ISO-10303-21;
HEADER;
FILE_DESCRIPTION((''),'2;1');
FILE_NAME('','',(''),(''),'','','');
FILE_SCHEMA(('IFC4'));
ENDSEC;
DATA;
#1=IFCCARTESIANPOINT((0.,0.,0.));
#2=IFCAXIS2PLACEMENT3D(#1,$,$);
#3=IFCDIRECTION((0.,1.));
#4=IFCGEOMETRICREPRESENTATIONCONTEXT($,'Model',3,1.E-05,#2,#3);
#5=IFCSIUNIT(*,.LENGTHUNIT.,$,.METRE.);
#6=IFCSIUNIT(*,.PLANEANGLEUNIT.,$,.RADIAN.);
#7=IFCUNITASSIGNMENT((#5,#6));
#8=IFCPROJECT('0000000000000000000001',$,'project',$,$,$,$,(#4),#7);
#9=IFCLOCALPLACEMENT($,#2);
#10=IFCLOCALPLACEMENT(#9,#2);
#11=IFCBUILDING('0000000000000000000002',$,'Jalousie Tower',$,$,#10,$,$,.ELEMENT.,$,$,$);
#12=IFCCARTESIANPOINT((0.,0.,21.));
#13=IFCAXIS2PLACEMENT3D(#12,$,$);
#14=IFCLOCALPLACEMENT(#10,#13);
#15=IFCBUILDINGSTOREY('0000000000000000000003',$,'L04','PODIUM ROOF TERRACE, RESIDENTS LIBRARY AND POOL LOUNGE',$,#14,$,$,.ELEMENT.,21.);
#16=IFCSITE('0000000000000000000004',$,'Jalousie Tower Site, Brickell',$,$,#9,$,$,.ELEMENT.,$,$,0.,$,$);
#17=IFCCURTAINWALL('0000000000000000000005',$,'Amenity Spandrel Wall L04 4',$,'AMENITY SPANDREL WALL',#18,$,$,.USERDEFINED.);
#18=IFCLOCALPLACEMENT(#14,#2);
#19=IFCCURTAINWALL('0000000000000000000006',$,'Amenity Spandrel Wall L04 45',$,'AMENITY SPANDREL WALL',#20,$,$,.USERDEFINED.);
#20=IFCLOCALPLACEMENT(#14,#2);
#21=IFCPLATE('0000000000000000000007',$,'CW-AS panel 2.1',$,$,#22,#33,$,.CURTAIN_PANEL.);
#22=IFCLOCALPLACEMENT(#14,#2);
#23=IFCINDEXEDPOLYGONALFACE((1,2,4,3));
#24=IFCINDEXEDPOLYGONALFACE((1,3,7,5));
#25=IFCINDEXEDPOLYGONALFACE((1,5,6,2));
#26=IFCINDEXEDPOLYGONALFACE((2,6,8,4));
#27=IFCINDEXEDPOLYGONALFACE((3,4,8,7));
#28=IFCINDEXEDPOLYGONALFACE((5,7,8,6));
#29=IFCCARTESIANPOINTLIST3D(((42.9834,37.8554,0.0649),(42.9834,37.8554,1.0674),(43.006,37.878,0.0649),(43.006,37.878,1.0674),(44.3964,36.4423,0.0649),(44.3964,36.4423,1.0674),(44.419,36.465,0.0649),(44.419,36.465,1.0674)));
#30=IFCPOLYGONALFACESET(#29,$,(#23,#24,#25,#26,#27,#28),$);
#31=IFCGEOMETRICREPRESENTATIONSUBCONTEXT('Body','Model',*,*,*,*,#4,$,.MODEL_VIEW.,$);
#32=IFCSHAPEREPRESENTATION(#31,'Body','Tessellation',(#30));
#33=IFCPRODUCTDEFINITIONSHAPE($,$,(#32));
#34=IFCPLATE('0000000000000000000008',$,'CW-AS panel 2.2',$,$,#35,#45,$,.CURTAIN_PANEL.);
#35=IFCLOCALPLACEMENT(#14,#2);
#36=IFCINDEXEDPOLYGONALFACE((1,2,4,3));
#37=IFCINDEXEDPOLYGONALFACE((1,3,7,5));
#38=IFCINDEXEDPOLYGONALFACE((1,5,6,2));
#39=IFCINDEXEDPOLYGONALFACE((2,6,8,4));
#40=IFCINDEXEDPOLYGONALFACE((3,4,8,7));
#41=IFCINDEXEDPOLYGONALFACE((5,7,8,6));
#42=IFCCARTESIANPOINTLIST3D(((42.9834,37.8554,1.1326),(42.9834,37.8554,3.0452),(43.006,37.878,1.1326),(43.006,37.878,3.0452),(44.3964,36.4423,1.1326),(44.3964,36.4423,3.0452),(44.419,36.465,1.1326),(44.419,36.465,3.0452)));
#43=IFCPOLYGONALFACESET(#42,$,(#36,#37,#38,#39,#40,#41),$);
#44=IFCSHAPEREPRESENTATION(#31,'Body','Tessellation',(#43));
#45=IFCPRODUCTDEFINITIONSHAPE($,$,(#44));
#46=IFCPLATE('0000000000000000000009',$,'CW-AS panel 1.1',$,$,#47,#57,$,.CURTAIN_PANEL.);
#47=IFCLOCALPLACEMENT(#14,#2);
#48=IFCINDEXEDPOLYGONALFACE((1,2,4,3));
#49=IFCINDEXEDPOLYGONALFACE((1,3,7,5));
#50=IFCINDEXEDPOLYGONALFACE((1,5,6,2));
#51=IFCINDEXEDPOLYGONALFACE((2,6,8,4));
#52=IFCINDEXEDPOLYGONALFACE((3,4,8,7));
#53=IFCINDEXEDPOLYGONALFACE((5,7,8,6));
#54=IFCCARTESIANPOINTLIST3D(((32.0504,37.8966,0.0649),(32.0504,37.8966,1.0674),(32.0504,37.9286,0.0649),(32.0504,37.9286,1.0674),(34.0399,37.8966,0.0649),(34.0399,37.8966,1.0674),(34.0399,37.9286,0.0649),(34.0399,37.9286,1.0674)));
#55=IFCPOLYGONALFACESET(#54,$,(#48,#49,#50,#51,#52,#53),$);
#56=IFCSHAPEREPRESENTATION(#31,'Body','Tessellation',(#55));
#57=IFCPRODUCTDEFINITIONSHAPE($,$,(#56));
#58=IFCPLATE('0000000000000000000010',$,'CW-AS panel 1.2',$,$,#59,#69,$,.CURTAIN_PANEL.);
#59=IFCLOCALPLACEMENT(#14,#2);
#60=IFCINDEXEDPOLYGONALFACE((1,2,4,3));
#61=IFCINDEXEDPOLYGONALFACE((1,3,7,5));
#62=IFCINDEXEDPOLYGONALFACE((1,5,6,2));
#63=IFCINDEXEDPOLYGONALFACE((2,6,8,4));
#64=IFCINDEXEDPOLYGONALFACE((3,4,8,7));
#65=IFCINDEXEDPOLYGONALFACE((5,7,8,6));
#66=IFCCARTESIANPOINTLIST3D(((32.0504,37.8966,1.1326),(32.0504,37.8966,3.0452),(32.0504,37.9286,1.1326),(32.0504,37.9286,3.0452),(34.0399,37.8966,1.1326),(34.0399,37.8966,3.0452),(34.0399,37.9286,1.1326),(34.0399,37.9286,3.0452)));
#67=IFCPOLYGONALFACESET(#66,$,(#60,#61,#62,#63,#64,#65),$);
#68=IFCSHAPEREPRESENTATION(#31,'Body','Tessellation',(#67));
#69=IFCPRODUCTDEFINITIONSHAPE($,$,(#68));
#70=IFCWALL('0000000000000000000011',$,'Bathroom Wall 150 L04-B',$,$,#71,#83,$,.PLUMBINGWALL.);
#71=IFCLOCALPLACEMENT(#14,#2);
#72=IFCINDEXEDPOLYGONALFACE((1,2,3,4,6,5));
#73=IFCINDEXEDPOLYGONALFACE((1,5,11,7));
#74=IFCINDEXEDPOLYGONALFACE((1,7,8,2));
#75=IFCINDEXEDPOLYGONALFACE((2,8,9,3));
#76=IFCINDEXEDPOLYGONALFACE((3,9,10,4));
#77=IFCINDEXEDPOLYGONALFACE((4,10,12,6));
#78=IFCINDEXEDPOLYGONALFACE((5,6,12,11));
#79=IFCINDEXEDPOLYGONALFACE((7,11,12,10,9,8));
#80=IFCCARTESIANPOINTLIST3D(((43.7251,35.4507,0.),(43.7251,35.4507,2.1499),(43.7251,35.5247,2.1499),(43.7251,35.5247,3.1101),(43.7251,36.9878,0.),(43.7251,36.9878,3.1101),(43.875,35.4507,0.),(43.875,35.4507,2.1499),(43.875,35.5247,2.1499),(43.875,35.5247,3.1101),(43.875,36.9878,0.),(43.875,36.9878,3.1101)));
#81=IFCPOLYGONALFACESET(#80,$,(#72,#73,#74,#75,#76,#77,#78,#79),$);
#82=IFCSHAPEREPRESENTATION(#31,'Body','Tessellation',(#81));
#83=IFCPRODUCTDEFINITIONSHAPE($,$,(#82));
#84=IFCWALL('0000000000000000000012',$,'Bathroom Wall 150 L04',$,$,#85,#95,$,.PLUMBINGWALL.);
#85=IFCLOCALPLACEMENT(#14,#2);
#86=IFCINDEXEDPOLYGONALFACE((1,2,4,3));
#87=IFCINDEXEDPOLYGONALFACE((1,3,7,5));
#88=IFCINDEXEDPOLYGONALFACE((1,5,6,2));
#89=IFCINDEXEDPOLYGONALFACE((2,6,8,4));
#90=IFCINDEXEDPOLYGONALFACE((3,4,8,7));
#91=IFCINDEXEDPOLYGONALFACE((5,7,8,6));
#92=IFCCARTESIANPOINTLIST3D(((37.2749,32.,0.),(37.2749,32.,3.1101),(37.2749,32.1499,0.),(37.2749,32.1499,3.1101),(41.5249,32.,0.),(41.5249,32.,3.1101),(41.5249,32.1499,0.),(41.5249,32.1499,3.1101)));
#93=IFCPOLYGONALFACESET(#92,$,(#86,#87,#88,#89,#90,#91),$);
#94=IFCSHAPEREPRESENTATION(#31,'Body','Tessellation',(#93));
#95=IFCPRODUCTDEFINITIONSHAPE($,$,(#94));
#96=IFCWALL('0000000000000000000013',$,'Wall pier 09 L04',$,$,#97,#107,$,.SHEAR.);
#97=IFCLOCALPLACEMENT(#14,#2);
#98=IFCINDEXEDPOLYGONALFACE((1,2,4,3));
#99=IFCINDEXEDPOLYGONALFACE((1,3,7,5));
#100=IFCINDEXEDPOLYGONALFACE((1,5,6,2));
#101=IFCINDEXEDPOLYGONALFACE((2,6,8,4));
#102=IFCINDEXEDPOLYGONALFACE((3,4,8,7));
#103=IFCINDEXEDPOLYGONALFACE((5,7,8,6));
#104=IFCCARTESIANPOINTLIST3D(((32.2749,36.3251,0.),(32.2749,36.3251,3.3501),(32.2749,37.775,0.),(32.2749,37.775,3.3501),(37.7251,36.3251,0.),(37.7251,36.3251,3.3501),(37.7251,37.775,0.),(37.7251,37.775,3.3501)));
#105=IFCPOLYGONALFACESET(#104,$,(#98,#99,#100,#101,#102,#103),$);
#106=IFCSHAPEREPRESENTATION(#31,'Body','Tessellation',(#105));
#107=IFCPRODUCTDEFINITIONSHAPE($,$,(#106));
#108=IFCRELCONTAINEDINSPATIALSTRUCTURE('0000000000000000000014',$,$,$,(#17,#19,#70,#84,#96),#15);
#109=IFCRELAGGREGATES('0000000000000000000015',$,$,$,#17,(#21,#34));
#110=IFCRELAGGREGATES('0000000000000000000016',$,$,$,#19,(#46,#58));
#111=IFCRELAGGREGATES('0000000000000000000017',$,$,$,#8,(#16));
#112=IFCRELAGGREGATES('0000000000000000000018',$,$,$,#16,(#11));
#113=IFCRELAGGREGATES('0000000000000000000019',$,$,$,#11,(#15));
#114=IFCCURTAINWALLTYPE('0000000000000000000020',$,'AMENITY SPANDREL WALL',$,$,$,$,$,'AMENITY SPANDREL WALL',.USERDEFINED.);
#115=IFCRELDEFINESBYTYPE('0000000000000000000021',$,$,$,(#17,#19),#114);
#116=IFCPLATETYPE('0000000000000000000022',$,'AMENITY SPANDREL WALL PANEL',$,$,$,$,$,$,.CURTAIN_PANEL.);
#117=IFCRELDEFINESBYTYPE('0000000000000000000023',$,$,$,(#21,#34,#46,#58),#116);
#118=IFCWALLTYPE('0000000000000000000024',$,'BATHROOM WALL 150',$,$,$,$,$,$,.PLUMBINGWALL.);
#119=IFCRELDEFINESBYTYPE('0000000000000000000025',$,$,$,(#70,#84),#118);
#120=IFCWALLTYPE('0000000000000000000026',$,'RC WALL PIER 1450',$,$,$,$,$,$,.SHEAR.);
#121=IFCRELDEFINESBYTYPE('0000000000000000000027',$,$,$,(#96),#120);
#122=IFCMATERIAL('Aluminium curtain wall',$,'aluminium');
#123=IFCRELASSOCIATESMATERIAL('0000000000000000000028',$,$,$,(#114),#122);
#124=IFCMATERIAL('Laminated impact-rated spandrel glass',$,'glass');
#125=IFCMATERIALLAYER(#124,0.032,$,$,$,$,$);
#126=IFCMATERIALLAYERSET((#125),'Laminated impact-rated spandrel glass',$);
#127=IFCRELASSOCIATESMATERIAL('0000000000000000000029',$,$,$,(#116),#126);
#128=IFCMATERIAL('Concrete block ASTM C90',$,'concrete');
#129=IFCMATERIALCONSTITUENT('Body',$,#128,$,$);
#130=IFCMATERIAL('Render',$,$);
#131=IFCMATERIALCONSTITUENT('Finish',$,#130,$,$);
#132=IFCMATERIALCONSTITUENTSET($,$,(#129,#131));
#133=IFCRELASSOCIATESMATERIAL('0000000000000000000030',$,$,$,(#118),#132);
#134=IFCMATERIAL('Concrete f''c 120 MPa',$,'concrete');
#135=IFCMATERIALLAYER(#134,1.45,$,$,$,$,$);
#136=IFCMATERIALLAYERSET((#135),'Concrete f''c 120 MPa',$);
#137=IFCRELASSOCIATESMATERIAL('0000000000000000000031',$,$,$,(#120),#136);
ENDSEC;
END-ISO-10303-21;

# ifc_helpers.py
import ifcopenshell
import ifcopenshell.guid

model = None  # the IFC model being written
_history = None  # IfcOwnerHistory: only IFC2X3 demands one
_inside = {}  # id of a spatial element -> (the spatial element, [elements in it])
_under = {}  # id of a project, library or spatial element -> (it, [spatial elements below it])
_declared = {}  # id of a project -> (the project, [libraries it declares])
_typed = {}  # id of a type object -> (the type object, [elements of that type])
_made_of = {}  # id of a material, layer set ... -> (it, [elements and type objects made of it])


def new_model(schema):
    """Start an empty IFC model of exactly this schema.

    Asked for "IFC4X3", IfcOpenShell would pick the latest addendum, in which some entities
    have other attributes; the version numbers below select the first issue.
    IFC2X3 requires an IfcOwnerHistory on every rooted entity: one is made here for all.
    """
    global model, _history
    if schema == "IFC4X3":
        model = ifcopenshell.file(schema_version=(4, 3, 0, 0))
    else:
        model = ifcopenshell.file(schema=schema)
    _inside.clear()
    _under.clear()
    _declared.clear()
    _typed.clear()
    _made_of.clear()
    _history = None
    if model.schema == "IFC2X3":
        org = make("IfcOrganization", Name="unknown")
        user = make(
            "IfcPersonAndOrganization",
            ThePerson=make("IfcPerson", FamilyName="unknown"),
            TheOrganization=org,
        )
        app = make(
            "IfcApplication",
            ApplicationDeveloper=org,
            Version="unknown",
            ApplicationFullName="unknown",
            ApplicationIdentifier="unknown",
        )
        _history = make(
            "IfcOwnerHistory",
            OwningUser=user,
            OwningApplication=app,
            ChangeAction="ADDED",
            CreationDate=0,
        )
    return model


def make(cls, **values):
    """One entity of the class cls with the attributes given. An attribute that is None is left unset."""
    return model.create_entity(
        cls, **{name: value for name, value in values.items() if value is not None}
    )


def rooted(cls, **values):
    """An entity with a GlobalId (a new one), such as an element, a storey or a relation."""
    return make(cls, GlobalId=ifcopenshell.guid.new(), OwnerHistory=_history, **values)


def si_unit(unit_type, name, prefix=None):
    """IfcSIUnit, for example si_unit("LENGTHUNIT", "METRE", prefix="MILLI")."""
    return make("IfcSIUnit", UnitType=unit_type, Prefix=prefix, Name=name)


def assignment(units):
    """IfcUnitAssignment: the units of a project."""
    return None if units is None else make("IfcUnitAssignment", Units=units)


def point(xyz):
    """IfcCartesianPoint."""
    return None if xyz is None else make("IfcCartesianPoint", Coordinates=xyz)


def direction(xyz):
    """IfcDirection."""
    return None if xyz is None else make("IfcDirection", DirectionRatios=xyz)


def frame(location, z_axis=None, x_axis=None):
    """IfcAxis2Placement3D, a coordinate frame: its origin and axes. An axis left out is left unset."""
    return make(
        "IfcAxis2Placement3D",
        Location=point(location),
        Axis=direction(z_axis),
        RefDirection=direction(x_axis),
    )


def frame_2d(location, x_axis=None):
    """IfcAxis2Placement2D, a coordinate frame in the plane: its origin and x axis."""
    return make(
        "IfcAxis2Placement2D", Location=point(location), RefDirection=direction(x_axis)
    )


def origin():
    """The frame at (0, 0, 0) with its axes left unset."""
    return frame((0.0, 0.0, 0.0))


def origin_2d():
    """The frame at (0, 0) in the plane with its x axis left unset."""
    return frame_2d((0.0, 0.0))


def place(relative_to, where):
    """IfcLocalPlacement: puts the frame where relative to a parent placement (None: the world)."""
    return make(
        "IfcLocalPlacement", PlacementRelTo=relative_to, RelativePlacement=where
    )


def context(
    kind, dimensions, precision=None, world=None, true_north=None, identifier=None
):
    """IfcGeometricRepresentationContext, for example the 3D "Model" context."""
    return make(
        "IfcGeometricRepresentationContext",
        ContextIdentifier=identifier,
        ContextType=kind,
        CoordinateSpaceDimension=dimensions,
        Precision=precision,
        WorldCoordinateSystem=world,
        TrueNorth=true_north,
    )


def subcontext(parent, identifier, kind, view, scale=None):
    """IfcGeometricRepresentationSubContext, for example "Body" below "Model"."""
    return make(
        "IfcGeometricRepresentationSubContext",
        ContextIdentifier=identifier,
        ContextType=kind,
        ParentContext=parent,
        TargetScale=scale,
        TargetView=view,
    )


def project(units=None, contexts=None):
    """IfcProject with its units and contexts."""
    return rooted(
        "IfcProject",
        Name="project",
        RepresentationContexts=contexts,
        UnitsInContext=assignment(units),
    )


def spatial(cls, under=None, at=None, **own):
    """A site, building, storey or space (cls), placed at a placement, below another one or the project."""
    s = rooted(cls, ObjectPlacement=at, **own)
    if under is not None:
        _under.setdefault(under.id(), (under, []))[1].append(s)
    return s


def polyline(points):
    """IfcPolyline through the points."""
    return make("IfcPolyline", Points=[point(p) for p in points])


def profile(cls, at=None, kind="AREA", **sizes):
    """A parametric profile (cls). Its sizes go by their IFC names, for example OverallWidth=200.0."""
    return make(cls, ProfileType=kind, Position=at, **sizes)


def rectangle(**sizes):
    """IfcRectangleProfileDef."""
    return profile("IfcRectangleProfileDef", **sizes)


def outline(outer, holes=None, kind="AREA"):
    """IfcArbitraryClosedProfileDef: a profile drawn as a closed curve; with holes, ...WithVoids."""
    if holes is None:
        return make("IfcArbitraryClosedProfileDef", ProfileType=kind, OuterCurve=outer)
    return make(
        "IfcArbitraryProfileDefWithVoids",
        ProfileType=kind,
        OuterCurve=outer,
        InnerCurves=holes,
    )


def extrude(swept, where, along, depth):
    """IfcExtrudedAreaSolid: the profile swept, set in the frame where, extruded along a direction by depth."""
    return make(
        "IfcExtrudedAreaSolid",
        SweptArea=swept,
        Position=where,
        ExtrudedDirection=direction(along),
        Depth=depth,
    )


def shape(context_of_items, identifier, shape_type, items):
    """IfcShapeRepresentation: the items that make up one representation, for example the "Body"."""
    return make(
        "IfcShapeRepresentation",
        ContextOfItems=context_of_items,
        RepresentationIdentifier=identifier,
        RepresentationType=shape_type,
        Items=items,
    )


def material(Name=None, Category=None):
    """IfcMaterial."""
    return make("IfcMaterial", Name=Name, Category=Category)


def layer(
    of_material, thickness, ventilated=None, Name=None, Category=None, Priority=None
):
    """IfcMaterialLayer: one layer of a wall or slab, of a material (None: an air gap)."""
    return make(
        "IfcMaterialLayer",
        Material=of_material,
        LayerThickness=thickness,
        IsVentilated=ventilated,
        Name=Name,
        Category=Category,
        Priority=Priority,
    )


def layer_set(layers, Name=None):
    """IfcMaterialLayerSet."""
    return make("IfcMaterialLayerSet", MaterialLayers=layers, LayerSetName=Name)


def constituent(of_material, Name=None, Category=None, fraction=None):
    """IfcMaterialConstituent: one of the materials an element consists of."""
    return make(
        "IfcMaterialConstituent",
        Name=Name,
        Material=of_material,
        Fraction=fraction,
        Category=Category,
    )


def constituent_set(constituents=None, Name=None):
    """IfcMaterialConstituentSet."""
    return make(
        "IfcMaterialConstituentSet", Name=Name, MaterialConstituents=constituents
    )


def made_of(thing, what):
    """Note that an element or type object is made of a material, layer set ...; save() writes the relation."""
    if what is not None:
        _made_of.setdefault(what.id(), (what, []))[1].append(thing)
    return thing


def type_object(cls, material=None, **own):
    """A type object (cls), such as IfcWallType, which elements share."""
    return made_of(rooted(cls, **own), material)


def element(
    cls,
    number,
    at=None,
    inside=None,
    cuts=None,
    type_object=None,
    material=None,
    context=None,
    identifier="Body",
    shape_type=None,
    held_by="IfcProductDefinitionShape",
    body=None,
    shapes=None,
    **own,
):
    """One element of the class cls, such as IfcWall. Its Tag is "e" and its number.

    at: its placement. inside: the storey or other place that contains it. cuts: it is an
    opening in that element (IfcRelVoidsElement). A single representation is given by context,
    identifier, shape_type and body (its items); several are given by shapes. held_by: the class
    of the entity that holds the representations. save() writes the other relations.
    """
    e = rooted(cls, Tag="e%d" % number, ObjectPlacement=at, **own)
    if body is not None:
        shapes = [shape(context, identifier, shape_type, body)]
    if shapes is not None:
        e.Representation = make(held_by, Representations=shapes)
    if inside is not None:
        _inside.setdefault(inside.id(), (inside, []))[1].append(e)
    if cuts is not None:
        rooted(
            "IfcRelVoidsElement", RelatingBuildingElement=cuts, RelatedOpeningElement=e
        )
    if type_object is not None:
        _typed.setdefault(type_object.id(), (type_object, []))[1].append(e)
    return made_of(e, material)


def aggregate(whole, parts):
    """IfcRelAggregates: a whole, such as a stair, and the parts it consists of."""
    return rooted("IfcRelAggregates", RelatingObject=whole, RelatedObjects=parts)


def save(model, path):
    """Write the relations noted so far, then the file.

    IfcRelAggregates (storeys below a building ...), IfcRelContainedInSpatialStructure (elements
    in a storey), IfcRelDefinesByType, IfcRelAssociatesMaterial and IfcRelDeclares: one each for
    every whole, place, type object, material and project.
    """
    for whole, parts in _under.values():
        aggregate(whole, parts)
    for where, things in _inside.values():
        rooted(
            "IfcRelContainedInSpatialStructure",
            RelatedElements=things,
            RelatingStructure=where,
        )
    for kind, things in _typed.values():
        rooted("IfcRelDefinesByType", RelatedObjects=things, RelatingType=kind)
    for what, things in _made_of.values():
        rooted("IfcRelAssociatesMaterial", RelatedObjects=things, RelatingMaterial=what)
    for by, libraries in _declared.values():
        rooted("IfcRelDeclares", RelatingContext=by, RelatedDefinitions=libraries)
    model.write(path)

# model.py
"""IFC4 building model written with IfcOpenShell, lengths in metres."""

from ifc_helpers import new_model, si_unit, direction, frame, frame_2d, origin, origin_2d, place, context, subcontext, project, spatial, polyline, rectangle, outline, extrude, material, layer, layer_set, constituent, constituent_set, type_object, element, aggregate, save


model = new_model("IFC4")

# Units and contexts
model_context = context("Model", 3, precision=1e-05, world=origin(), true_north=direction((0.0, 1.0)))
body_context = subcontext(model_context, "Body", "Model", "MODEL_VIEW")
ifc_project = project(units=[si_unit("LENGTHUNIT", "METRE"), si_unit("PLANEANGLEUNIT", "RADIAN")], contexts=[model_context])

# Site, building, storey
site_placement = place(None, origin())
site = spatial("IfcSite", under=ifc_project, at=site_placement, Name="Jalousie Tower Site, Brickell", CompositionType="ELEMENT", RefElevation=0.0)
building_placement = place(site_placement, origin())
building = spatial("IfcBuilding", under=site, at=building_placement, Name="Jalousie Tower", CompositionType="ELEMENT")
storey_placement = place(building_placement, frame((0.0, 0.0, 21.0)))
storey = spatial("IfcBuildingStorey", under=building, at=storey_placement, Name="L04", Description="PODIUM ROOF TERRACE, RESIDENTS LIBRARY AND POOL LOUNGE", CompositionType="ELEMENT", Elevation=21.0)

# Curtain wall
ifc_material_1 = material(Name="Aluminium curtain wall", Category="aluminium")
curtain_wall_type_1 = type_object("IfcCurtainWallType", Name="AMENITY SPANDREL WALL", ElementType="AMENITY SPANDREL WALL", PredefinedType="USERDEFINED", material=ifc_material_1)
curtain_wall_1_placement = place(storey_placement, origin())
curtain_wall_1 = element("IfcCurtainWall", 1, at=curtain_wall_1_placement, inside=storey, type_object=curtain_wall_type_1, Name="Amenity Spandrel Wall L04 4", ObjectType="AMENITY SPANDREL WALL", PredefinedType="USERDEFINED")

# Curtain wall
curtain_wall_2_placement = place(storey_placement, origin())
curtain_wall_2 = element("IfcCurtainWall", 2, at=curtain_wall_2_placement, inside=storey, type_object=curtain_wall_type_1, Name="Amenity Spandrel Wall L04 45", ObjectType="AMENITY SPANDREL WALL", PredefinedType="USERDEFINED")

# Plates
ifc_material_2 = material(Name="Laminated impact-rated spandrel glass", Category="glass")
ifc_layer_1 = layer(ifc_material_2, 0.032)
ifc_layer_set_1 = layer_set([ifc_layer_1], Name="Laminated impact-rated spandrel glass")
plate_type = type_object("IfcPlateType", Name="AMENITY SPANDREL WALL PANEL", PredefinedType="CURTAIN_PANEL", material=ifc_layer_set_1)
plate_1_placement = place(storey_placement, frame((43.7012, 37.1602, 0.0649), z_axis=(0.0, 0.0, 1.0), x_axis=(-0.707107, 0.707107, 0.0)))
plate_1 = element("IfcPlate", 3, at=plate_1_placement, type_object=plate_type, Name="CW-AS panel 2.1", PredefinedType="CURTAIN_PANEL", context=body_context, shape_type="SweptSolid", body=[
    extrude(rectangle(XDim=1.9983, YDim=0.032, at=origin_2d()), origin(), (0.0, 0.0, 1.0), 1.0024),
])
plate_2_placement = place(storey_placement, frame((43.7012, 37.1602, 1.1326), z_axis=(0.0, 0.0, 1.0), x_axis=(-0.707107, 0.707107, 0.0)))
plate_2 = element("IfcPlate", 4, at=plate_2_placement, type_object=plate_type, Name="CW-AS panel 2.2", PredefinedType="CURTAIN_PANEL", context=body_context, shape_type="SweptSolid", body=[
    extrude(rectangle(XDim=1.9983, YDim=0.032, at=origin_2d()), origin(), (0.0, 0.0, 1.0), 1.9126),
])
aggregate(curtain_wall_1, [plate_1, plate_2])
plate_3_placement = place(storey_placement, frame((33.0452, 37.9126, 0.0649), z_axis=(0.0, 0.0, 1.0), x_axis=(-1.0, 0.0, 0.0)))
plate_3 = element("IfcPlate", 5, at=plate_3_placement, type_object=plate_type, Name="CW-AS panel 1.1", PredefinedType="CURTAIN_PANEL", context=body_context, shape_type="SweptSolid", body=[
    extrude(rectangle(XDim=1.9895, YDim=0.032, at=origin_2d()), origin(), (0.0, 0.0, 1.0), 1.0024),
])
plate_4_placement = place(storey_placement, frame((33.0452, 37.9126, 1.1326), z_axis=(0.0, 0.0, 1.0), x_axis=(-1.0, 0.0, 0.0)))
plate_4 = element("IfcPlate", 6, at=plate_4_placement, type_object=plate_type, Name="CW-AS panel 1.2", PredefinedType="CURTAIN_PANEL", context=body_context, shape_type="SweptSolid", body=[
    extrude(rectangle(XDim=1.9895, YDim=0.032, at=origin_2d()), origin(), (0.0, 0.0, 1.0), 1.9126),
])
aggregate(curtain_wall_2, [plate_3, plate_4])

# Walls
ifc_material_3 = material(Name="Concrete block ASTM C90", Category="concrete")
ifc_constituent_1 = constituent(ifc_material_3, Name="Body")
ifc_material_4 = material(Name="Render")
ifc_constituent_2 = constituent(ifc_material_4, Name="Finish")
ifc_constituent_set = constituent_set(constituents=[ifc_constituent_1, ifc_constituent_2])
wall_type_1 = type_object("IfcWallType", Name="BATHROOM WALL 150", PredefinedType="PLUMBINGWALL", material=ifc_constituent_set)
wall_1_placement = place(storey_placement, frame((43.8, 35.4507, 0.0), z_axis=(0.0, 0.0, 1.0), x_axis=(0.0, 1.0, 0.0)))
element("IfcWall", 7, at=wall_1_placement, inside=storey, type_object=wall_type_1, Name="Bathroom Wall 150 L04-B", PredefinedType="PLUMBINGWALL", context=body_context, shape_type="SweptSolid", body=[
    extrude(outline(polyline([(0.0, 0.0), (1.5371, 0.0), (1.5371, 3.1101), (0.074, 3.1101), (0.074, 2.1499), (0.0, 2.1499), (0.0, 0.0)])), frame((0.0, 0.075, 0.0), z_axis=(0.0, -1.0, 0.0), x_axis=(1.0, 0.0, 0.0)), (0.0, 0.0, 1.0), 0.1499),
])
wall_2_placement = place(storey_placement, frame((37.2749, 32.075, 0.0), z_axis=(0.0, 0.0, 1.0), x_axis=(1.0, 0.0, 0.0)))
element("IfcWall", 8, at=wall_2_placement, inside=storey, type_object=wall_type_1, Name="Bathroom Wall 150 L04", PredefinedType="PLUMBINGWALL", context=body_context, shape_type="SweptSolid", body=[
    extrude(rectangle(XDim=4.25, YDim=0.1499, at=frame_2d((2.125, 0.0))), origin(), (0.0, 0.0, 1.0), 3.1101),
])
ifc_material_5 = material(Name="Concrete f'c 120 MPa", Category="concrete")
ifc_layer_2 = layer(ifc_material_5, 1.45)
ifc_layer_set_2 = layer_set([ifc_layer_2], Name="Concrete f'c 120 MPa")
wall_type_2 = type_object("IfcWallType", Name="RC WALL PIER 1450", PredefinedType="SHEAR", material=ifc_layer_set_2)
wall_3_placement = place(storey_placement, frame((32.2749, 37.05, 0.0), z_axis=(0.0, 0.0, 1.0), x_axis=(1.0, 0.0, 0.0)))
element("IfcWall", 9, at=wall_3_placement, inside=storey, type_object=wall_type_2, Name="Wall pier 09 L04", PredefinedType="SHEAR", context=body_context, shape_type="SweptSolid", body=[
    extrude(rectangle(XDim=5.4502, YDim=1.45, at=frame_2d((2.7251, 0.0))), origin(), (0.0, 0.0, 1.0), 3.3501),
])

save(model, "model.ifc")
